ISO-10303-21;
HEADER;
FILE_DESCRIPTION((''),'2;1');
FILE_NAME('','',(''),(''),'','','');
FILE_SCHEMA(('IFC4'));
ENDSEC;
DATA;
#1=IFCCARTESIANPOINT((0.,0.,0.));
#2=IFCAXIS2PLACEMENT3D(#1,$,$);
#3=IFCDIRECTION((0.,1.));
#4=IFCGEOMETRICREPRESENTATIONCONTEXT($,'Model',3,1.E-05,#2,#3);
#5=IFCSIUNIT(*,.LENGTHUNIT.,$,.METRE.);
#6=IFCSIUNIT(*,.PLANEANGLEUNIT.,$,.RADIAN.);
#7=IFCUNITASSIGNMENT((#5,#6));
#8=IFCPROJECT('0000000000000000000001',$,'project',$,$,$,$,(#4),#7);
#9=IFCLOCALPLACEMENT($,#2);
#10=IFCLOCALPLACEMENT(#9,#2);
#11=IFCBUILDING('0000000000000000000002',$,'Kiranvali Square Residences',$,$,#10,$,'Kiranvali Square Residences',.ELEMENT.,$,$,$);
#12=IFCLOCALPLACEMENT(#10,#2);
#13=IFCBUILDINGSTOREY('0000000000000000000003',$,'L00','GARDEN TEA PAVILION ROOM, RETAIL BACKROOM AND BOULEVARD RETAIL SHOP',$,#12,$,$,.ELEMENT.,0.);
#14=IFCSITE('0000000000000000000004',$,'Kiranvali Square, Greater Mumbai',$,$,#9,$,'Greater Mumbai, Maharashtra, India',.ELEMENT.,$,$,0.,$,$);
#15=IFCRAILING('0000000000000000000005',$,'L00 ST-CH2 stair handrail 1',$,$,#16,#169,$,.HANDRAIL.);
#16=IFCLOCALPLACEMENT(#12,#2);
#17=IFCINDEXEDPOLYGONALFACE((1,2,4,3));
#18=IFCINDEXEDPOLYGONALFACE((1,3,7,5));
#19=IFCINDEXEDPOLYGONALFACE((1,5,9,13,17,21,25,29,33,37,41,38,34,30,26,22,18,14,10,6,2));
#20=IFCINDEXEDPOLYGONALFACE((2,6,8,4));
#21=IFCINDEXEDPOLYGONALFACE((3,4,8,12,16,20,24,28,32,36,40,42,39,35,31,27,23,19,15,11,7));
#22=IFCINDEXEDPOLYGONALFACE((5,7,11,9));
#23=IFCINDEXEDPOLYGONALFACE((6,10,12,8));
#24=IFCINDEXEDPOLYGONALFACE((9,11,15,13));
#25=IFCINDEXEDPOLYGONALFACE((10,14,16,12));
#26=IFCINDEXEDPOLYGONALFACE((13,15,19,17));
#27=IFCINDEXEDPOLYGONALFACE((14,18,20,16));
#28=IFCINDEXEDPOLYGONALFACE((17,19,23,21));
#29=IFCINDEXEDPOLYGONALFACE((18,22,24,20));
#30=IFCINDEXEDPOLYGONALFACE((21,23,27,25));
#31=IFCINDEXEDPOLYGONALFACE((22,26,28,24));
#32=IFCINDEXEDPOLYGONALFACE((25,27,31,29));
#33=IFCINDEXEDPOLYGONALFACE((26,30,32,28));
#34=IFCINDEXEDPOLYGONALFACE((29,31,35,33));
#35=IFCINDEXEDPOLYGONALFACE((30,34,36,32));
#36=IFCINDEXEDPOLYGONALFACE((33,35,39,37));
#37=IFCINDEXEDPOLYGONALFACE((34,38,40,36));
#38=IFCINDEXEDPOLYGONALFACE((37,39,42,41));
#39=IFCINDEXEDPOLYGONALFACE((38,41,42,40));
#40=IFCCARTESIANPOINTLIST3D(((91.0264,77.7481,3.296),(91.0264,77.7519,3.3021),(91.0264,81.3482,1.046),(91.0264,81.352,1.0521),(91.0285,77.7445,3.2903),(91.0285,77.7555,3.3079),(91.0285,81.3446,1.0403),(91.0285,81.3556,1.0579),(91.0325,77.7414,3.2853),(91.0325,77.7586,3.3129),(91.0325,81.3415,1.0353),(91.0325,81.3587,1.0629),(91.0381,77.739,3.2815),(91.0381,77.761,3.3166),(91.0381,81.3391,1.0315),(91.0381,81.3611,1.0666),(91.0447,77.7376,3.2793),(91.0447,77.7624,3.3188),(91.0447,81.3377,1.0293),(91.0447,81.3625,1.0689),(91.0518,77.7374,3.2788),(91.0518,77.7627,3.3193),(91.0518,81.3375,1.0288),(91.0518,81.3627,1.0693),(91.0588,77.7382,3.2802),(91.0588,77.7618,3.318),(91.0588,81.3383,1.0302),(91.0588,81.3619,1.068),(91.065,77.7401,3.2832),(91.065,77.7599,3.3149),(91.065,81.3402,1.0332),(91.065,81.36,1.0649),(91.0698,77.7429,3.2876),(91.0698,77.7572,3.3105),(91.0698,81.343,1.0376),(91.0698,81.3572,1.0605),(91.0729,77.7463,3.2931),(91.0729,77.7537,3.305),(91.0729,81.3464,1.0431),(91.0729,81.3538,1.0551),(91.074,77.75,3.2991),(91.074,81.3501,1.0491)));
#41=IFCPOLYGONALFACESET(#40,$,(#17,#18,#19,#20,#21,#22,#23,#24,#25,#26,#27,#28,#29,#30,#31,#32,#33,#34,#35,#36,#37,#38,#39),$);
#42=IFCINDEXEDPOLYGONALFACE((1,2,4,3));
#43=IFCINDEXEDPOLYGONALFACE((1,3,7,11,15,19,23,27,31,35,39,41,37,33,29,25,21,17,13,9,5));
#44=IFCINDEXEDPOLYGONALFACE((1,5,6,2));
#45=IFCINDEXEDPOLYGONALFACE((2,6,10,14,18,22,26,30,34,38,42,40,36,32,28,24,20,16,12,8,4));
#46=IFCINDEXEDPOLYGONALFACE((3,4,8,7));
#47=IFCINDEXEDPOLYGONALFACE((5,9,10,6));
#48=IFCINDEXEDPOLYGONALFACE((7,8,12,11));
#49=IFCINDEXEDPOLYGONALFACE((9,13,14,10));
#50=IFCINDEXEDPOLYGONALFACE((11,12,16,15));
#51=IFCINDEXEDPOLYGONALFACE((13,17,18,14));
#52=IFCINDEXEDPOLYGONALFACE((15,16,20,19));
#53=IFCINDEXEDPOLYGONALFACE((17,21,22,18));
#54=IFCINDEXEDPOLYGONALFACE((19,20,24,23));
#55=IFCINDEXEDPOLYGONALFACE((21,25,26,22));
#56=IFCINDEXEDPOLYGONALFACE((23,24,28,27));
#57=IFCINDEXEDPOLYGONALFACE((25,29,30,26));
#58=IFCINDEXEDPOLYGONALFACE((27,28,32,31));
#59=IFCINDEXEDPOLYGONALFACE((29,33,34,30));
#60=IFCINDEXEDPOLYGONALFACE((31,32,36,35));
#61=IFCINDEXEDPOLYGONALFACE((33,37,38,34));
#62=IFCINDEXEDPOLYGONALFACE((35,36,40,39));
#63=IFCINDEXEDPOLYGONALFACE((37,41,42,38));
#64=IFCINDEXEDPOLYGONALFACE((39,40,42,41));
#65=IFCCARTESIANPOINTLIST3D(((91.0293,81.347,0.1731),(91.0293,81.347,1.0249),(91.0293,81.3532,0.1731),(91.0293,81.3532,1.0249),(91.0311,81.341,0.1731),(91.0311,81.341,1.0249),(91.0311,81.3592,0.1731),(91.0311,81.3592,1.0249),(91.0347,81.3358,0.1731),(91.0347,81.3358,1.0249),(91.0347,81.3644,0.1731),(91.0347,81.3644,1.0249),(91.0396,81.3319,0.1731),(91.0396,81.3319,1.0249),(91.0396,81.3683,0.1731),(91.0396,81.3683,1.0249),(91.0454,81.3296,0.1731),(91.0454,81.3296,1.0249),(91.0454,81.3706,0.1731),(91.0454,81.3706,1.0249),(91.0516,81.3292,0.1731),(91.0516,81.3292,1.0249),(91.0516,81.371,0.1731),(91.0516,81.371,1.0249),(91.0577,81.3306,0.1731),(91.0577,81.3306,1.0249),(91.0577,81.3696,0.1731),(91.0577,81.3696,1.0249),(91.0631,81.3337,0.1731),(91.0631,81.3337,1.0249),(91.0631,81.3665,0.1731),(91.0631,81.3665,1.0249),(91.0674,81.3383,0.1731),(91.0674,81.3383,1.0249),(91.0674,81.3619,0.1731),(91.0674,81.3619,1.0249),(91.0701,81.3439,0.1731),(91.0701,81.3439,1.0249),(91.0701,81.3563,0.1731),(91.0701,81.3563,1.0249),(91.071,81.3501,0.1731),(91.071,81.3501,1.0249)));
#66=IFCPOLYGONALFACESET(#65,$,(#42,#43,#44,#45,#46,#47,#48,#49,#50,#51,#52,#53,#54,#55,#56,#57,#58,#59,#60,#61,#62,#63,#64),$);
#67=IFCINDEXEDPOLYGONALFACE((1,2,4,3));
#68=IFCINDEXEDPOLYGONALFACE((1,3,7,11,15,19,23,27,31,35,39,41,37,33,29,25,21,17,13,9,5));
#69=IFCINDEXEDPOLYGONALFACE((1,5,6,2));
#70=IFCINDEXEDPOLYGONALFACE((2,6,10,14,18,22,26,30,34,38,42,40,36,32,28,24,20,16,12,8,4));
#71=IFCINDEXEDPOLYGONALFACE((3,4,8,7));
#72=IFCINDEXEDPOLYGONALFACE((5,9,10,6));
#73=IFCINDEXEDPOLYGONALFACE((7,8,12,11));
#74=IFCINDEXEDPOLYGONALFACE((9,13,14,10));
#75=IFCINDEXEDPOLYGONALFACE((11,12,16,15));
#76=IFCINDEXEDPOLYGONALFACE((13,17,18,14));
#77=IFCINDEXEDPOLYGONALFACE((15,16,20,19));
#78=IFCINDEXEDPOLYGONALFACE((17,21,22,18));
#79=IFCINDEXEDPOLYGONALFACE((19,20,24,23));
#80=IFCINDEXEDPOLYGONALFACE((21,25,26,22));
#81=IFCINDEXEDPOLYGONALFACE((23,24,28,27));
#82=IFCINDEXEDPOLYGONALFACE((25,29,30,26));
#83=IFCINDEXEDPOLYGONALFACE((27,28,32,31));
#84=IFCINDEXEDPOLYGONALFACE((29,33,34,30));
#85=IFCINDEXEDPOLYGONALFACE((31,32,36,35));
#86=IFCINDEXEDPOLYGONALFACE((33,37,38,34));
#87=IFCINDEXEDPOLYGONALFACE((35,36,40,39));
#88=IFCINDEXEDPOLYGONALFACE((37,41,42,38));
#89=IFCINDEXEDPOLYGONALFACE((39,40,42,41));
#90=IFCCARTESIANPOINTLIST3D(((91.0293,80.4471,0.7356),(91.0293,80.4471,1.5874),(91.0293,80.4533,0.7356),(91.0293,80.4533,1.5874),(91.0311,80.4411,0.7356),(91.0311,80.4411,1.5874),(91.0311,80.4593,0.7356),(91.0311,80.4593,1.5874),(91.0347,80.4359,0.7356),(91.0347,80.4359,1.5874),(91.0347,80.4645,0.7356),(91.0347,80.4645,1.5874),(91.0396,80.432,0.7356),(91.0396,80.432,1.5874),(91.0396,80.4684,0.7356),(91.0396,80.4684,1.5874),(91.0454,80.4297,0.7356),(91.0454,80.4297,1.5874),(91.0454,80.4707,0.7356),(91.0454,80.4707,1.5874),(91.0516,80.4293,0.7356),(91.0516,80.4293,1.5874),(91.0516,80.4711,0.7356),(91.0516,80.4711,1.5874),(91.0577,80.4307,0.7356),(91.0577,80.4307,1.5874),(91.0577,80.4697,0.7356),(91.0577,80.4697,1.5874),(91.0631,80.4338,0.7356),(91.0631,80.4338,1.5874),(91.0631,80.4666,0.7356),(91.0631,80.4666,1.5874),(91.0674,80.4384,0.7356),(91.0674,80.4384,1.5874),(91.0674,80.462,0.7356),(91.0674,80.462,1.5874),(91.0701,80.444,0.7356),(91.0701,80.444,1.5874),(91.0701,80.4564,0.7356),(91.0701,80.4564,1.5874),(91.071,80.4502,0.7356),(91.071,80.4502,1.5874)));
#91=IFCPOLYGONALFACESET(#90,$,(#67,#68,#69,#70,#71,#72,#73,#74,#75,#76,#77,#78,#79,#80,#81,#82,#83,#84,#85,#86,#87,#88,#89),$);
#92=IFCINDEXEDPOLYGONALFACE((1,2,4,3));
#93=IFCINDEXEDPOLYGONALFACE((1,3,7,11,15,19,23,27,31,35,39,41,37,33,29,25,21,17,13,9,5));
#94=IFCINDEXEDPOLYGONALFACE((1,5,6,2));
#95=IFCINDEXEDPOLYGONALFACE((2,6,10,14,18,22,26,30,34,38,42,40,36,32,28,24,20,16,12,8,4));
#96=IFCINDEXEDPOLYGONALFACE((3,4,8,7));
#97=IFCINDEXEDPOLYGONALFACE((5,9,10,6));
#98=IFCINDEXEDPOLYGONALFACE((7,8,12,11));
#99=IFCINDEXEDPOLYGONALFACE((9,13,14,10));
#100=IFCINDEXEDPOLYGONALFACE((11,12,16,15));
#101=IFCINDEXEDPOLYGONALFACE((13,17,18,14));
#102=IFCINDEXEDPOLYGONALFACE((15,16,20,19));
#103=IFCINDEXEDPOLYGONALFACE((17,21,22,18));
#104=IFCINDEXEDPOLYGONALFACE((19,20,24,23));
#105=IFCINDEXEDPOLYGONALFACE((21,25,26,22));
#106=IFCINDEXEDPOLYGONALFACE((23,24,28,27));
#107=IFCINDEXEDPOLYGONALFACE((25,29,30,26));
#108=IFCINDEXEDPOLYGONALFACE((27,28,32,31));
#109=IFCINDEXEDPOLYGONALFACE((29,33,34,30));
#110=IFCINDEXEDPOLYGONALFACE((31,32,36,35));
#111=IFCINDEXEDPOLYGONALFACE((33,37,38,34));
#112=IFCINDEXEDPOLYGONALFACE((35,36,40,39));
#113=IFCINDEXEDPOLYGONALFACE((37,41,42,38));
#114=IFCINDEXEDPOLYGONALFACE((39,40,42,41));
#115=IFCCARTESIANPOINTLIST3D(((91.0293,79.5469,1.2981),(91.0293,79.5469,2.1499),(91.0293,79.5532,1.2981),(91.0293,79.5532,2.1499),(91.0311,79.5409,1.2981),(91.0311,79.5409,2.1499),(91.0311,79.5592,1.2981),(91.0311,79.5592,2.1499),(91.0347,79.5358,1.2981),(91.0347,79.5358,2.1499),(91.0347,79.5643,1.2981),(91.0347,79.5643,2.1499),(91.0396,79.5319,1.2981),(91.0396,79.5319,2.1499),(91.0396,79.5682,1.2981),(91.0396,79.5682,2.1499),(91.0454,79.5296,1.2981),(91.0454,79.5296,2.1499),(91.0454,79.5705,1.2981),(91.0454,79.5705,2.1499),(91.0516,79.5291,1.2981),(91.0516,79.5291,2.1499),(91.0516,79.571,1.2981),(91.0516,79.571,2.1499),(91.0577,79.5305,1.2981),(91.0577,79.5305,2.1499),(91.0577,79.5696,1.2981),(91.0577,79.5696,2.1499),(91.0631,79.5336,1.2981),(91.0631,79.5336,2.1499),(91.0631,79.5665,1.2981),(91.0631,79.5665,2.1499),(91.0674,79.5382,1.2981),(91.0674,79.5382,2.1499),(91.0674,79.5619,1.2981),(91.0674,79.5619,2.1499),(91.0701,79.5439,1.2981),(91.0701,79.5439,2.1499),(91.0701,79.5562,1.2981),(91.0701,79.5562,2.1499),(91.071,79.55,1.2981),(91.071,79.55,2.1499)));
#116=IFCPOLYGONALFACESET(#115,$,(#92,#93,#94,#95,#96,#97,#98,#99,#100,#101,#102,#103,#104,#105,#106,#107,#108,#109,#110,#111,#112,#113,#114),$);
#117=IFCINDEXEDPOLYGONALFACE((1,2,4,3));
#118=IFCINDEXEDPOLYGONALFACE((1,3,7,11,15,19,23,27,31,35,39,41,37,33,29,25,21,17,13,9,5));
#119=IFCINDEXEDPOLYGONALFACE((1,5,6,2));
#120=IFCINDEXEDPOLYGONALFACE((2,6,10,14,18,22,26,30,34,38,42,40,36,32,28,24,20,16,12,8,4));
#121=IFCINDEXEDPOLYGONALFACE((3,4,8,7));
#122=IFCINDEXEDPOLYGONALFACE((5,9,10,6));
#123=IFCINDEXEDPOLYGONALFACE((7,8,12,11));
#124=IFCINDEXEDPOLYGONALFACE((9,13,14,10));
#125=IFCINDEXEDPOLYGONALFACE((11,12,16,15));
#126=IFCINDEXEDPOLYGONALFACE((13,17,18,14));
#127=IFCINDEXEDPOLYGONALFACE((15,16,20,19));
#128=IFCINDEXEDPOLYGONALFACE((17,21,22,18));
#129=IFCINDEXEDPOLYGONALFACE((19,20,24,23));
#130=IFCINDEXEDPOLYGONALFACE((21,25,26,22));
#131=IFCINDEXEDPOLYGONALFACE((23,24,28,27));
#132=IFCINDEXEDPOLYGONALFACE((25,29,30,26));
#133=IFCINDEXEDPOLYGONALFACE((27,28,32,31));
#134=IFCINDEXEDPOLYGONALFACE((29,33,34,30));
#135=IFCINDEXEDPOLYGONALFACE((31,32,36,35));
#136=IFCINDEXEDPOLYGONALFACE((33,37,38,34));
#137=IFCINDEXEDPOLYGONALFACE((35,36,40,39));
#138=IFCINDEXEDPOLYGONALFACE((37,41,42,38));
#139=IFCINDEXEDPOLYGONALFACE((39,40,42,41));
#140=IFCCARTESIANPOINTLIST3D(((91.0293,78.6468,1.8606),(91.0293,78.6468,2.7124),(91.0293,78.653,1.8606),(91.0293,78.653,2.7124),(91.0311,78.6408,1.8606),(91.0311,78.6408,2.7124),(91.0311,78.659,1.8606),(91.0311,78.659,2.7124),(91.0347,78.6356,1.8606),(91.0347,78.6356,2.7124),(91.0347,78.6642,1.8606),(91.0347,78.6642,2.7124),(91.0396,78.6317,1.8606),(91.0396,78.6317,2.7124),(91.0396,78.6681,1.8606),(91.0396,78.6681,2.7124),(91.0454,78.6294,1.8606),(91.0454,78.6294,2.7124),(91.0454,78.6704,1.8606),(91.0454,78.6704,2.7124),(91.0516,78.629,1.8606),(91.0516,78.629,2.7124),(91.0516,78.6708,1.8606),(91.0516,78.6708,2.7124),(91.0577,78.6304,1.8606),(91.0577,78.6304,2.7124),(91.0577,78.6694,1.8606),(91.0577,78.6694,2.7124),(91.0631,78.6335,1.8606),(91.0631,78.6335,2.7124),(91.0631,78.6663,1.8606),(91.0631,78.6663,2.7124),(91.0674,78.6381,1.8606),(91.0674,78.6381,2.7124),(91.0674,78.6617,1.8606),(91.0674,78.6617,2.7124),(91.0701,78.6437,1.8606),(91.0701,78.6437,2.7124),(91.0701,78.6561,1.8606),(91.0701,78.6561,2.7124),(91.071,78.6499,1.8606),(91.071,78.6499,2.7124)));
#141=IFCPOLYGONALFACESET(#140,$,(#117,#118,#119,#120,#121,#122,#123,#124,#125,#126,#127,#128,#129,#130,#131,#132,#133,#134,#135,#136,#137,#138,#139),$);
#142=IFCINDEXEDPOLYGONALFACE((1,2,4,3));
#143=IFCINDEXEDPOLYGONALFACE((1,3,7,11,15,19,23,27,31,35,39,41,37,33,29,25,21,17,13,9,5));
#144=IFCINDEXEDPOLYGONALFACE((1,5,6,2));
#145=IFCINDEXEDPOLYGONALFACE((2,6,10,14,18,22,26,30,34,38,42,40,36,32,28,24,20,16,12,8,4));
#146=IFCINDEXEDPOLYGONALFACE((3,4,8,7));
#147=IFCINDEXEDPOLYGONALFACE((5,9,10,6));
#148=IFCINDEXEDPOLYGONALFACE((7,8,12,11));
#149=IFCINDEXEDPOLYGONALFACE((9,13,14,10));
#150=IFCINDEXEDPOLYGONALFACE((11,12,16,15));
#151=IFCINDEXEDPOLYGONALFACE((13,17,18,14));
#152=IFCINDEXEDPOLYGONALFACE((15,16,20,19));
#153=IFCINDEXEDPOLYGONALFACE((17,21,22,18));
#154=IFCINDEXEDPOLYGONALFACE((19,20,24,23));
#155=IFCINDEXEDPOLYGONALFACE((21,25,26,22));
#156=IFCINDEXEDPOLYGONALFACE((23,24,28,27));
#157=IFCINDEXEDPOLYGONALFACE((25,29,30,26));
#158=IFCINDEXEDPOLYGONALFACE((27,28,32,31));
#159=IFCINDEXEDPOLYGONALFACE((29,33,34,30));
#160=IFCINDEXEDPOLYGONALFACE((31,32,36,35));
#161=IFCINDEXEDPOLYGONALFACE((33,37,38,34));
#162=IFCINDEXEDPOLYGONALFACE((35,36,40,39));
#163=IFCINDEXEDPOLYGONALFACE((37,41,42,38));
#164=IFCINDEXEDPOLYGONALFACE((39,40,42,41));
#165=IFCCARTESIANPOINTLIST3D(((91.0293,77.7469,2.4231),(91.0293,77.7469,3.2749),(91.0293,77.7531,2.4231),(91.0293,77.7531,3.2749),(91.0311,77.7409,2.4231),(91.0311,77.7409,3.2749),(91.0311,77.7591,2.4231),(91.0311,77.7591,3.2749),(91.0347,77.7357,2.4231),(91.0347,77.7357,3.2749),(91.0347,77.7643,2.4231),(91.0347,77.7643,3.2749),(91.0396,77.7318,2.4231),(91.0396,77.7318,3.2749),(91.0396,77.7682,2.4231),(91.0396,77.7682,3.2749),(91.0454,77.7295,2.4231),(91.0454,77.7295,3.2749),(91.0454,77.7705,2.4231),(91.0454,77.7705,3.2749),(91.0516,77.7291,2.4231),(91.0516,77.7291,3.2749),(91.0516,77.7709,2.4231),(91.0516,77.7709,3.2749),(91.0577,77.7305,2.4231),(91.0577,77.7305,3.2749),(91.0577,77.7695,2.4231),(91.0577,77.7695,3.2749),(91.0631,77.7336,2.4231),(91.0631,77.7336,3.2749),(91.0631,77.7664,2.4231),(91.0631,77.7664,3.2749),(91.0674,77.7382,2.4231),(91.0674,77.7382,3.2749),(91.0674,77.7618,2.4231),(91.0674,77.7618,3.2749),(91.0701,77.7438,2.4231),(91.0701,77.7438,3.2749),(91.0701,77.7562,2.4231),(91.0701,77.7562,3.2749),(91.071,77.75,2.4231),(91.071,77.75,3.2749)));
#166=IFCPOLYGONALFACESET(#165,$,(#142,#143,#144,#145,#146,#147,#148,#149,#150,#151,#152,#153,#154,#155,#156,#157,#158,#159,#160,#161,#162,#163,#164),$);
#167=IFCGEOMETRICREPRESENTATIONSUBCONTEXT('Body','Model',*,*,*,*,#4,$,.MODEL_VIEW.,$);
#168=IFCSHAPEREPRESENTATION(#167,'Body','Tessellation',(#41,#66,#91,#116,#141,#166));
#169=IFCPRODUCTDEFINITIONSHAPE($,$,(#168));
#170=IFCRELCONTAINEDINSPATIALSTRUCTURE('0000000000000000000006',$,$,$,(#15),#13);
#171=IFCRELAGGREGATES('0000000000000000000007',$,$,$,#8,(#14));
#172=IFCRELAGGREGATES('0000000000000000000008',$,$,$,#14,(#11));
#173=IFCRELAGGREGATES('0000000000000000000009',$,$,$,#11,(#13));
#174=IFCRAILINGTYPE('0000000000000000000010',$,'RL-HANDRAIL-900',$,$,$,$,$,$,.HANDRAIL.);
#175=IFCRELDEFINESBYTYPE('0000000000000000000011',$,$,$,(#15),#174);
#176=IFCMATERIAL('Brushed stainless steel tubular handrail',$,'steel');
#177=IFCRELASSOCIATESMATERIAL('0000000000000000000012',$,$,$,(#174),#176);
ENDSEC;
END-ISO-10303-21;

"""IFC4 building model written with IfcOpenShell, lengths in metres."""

from ifc_helpers import new_model, si_unit, direction, frame, origin, origin_2d, place, context, subcontext, project, spatial, circle, extrude, material, type_object, element, save


model = new_model("IFC4")

# Units and contexts
model_context = context("Model", 3, precision=1e-05, world=origin(), true_north=direction((0.0, 1.0)))
body_context = subcontext(model_context, "Body", "Model", "MODEL_VIEW")
ifc_project = project(units=[si_unit("LENGTHUNIT", "METRE"), si_unit("PLANEANGLEUNIT", "RADIAN")], contexts=[model_context])

# Site, building, storey
site_placement = place(None, origin())
site = spatial("IfcSite", under=ifc_project, at=site_placement, Name="Kiranvali Square, Greater Mumbai", LongName="Greater Mumbai, Maharashtra, India", CompositionType="ELEMENT", RefElevation=0.0)
building_placement = place(site_placement, origin())
building = spatial("IfcBuilding", under=site, at=building_placement, Name="Kiranvali Square Residences", LongName="Kiranvali Square Residences", CompositionType="ELEMENT")
storey_placement = place(building_placement, origin())
storey = spatial("IfcBuildingStorey", under=building, at=storey_placement, Name="L00", Description="GARDEN TEA PAVILION ROOM, RETAIL BACKROOM AND BOULEVARD RETAIL SHOP", CompositionType="ELEMENT", Elevation=0.0)

# Railing
ifc_material_1 = material(Name="Brushed stainless steel tubular handrail", Category="steel")
railing_type_1 = type_object("IfcRailingType", Name="RL-HANDRAIL-900", PredefinedType="HANDRAIL", material=ifc_material_1)
railing_1_placement = place(storey_placement, frame((91.05, 81.3501, 0.1731)))
element("IfcRailing", 1, at=railing_1_placement, inside=storey, type_object=railing_type_1, Name="L00 ST-CH2 stair handrail 1", PredefinedType="HANDRAIL", context=body_context, shape_type="SweptSolid", body=[
    extrude(circle(Radius=0.0239, at=origin_2d()), frame((0.0, 0.0, 0.876), z_axis=(0.0, -0.848005, 0.529989), x_axis=(1.0, 0.0, 0.0)), (0.0, 0.0, 1.0), 4.2454),
    extrude(circle(Radius=0.021, at=origin_2d()), origin(), (0.0, 0.0, 1.0), 0.8518),
    extrude(circle(Radius=0.021, at=origin_2d()), frame((0.0, -0.8999, 0.5625)), (0.0, 0.0, 1.0), 0.8518),
    extrude(circle(Radius=0.021, at=origin_2d()), frame((0.0, -1.8, 1.125)), (0.0, 0.0, 1.0), 0.8518),
    extrude(circle(Radius=0.021, at=origin_2d()), frame((0.0, -2.7002, 1.6875)), (0.0, 0.0, 1.0), 0.8518),
    extrude(circle(Radius=0.021, at=origin_2d()), frame((0.0, -3.6001, 2.25)), (0.0, 0.0, 1.0), 0.8518),
])

save(model, "model.ifc")
